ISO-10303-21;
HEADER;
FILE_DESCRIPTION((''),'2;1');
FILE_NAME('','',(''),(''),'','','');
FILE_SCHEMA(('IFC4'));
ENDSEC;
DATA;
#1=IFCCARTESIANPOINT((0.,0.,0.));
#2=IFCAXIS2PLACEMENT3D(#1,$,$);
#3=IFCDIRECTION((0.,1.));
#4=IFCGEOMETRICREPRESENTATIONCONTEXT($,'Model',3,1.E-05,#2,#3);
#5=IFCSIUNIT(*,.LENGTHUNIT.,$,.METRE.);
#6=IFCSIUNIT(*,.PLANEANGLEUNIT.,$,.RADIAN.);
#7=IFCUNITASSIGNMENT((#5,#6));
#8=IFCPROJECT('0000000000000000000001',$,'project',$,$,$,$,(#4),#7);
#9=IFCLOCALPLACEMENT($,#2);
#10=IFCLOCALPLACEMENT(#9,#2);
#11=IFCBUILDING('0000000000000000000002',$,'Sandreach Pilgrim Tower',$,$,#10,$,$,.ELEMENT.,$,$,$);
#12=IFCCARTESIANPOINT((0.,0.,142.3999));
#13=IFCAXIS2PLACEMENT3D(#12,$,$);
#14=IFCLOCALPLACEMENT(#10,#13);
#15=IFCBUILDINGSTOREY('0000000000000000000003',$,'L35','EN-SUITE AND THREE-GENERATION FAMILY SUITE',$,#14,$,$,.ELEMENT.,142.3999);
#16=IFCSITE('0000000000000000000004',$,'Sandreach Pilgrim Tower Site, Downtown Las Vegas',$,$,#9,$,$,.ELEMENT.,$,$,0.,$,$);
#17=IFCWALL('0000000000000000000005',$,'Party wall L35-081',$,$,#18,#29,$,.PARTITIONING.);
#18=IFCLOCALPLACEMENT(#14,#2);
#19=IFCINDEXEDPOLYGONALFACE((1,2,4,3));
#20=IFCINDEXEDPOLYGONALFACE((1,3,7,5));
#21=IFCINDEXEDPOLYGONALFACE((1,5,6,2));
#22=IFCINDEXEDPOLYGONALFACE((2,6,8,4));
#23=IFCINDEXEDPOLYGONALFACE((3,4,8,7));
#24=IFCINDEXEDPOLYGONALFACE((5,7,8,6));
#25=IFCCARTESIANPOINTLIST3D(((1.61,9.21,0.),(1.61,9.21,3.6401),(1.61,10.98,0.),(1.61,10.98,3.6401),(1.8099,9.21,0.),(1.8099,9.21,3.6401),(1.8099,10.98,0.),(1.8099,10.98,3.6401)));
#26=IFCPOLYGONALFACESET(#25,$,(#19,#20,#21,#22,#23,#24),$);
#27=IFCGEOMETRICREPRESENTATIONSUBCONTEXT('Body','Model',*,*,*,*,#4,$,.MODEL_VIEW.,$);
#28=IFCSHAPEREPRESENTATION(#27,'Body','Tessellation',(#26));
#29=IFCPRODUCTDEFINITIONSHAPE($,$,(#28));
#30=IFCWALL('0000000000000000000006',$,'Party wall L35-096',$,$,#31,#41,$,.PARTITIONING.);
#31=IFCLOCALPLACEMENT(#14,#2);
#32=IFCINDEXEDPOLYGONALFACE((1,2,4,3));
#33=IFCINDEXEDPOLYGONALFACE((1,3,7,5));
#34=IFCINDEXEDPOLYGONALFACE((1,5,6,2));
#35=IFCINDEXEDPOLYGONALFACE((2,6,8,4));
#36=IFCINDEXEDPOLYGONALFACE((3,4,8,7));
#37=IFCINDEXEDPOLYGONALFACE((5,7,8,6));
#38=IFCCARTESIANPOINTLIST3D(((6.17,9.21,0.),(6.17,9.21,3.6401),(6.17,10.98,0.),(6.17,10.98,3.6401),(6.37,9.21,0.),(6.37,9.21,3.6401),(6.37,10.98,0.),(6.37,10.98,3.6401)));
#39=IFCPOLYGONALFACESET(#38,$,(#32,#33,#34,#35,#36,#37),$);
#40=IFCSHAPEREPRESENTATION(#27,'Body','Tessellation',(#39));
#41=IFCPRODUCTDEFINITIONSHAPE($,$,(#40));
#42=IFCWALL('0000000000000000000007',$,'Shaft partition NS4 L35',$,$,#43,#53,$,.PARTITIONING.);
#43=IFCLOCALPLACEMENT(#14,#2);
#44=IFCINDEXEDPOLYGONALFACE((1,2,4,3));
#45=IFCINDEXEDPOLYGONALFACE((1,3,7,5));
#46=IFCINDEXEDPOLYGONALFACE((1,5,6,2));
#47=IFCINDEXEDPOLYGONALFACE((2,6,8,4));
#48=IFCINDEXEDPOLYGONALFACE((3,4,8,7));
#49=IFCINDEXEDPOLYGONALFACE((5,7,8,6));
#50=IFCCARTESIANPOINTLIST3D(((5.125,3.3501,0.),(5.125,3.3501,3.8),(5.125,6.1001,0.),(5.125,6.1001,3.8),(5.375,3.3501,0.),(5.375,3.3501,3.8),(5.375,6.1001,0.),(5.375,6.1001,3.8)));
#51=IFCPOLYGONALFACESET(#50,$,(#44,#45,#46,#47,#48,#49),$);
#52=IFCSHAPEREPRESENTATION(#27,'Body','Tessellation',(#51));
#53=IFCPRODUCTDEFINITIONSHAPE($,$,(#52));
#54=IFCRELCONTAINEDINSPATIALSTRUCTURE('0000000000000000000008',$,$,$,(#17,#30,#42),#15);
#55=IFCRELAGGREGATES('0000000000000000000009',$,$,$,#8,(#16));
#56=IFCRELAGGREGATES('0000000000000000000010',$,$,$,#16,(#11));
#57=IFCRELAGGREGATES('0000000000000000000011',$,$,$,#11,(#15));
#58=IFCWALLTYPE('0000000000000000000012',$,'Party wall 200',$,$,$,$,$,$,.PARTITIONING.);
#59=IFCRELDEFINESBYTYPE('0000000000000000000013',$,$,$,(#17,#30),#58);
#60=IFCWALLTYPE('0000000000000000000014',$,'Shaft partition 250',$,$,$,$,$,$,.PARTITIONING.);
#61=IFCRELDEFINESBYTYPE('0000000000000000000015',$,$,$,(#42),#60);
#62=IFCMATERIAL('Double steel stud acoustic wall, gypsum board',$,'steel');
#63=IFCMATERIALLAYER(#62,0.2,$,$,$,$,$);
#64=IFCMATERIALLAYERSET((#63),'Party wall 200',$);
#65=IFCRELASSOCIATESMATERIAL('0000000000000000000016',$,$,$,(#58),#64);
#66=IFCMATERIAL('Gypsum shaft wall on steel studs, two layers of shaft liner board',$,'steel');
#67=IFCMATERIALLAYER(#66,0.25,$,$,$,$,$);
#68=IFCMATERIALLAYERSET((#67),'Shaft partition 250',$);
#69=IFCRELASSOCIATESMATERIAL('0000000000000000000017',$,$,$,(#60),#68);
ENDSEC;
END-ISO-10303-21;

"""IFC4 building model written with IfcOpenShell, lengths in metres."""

from ifc_helpers import new_model, si_unit, direction, frame, frame_2d, origin, place, context, subcontext, project, spatial, rectangle, extrude, material, layer, layer_set, type_object, element, save


model = new_model("IFC4")

# Units and contexts
model_context = context("Model", 3, precision=1e-05, world=origin(), true_north=direction((0.0, 1.0)))
body_context = subcontext(model_context, "Body", "Model", "MODEL_VIEW")
ifc_project = project(units=[si_unit("LENGTHUNIT", "METRE"), si_unit("PLANEANGLEUNIT", "RADIAN")], contexts=[model_context])

# Site, building, storey
site_placement = place(None, origin())
site = spatial("IfcSite", under=ifc_project, at=site_placement, Name="Sandreach Pilgrim Tower Site, Downtown Las Vegas", CompositionType="ELEMENT", RefElevation=0.0)
building_placement = place(site_placement, origin())
building = spatial("IfcBuilding", under=site, at=building_placement, Name="Sandreach Pilgrim Tower", CompositionType="ELEMENT")
storey_placement = place(building_placement, frame((0.0, 0.0, 142.3999)))
storey = spatial("IfcBuildingStorey", under=building, at=storey_placement, Name="L35", Description="EN-SUITE AND THREE-GENERATION FAMILY SUITE", CompositionType="ELEMENT", Elevation=142.3999)

# Walls
ifc_material_1 = material(Name="Double steel stud acoustic wall, gypsum board", Category="steel")
ifc_layer_1 = layer(ifc_material_1, 0.2)
ifc_layer_set_1 = layer_set([ifc_layer_1], Name="Party wall 200")
wall_type_1 = type_object("IfcWallType", Name="Party wall 200", PredefinedType="PARTITIONING", material=ifc_layer_set_1)
for number, where, z_axis, x_axis, name in (
    (1, (1.71, 10.98, 0.0), (0.0, 0.0, 1.0), (0.0, -1.0, 0.0), "Party wall L35-081"),
    (2, (6.27, 10.98, 0.0), (0.0, 0.0, 1.0), (0.0, -1.0, 0.0), "Party wall L35-096"),
):
    element("IfcWall", number, at=place(storey_placement, frame(where, z_axis=z_axis, x_axis=x_axis)), inside=storey, type_object=wall_type_1, Name=name, PredefinedType="PARTITIONING", context=body_context, shape_type="SweptSolid", body=[
        extrude(rectangle(XDim=1.77, YDim=0.2, at=frame_2d((0.885, 0.0))), origin(), (0.0, 0.0, 1.0), 3.6401),
    ])
ifc_material_2 = material(Name="Gypsum shaft wall on steel studs, two layers of shaft liner board", Category="steel")
ifc_layer_2 = layer(ifc_material_2, 0.25)
ifc_layer_set_2 = layer_set([ifc_layer_2], Name="Shaft partition 250")
wall_type_2 = type_object("IfcWallType", Name="Shaft partition 250", PredefinedType="PARTITIONING", material=ifc_layer_set_2)
wall_1_placement = place(storey_placement, frame((5.25, 3.3501, 0.0), z_axis=(0.0, 0.0, 1.0), x_axis=(0.0, 1.0, 0.0)))
element("IfcWall", 3, at=wall_1_placement, inside=storey, type_object=wall_type_2, Name="Shaft partition NS4 L35", PredefinedType="PARTITIONING", context=body_context, shape_type="SweptSolid", body=[
    extrude(rectangle(XDim=2.75, YDim=0.25, at=frame_2d((1.375, 0.0))), origin(), (0.0, 0.0, 1.0), 3.8),
])

save(model, "model.ifc")
